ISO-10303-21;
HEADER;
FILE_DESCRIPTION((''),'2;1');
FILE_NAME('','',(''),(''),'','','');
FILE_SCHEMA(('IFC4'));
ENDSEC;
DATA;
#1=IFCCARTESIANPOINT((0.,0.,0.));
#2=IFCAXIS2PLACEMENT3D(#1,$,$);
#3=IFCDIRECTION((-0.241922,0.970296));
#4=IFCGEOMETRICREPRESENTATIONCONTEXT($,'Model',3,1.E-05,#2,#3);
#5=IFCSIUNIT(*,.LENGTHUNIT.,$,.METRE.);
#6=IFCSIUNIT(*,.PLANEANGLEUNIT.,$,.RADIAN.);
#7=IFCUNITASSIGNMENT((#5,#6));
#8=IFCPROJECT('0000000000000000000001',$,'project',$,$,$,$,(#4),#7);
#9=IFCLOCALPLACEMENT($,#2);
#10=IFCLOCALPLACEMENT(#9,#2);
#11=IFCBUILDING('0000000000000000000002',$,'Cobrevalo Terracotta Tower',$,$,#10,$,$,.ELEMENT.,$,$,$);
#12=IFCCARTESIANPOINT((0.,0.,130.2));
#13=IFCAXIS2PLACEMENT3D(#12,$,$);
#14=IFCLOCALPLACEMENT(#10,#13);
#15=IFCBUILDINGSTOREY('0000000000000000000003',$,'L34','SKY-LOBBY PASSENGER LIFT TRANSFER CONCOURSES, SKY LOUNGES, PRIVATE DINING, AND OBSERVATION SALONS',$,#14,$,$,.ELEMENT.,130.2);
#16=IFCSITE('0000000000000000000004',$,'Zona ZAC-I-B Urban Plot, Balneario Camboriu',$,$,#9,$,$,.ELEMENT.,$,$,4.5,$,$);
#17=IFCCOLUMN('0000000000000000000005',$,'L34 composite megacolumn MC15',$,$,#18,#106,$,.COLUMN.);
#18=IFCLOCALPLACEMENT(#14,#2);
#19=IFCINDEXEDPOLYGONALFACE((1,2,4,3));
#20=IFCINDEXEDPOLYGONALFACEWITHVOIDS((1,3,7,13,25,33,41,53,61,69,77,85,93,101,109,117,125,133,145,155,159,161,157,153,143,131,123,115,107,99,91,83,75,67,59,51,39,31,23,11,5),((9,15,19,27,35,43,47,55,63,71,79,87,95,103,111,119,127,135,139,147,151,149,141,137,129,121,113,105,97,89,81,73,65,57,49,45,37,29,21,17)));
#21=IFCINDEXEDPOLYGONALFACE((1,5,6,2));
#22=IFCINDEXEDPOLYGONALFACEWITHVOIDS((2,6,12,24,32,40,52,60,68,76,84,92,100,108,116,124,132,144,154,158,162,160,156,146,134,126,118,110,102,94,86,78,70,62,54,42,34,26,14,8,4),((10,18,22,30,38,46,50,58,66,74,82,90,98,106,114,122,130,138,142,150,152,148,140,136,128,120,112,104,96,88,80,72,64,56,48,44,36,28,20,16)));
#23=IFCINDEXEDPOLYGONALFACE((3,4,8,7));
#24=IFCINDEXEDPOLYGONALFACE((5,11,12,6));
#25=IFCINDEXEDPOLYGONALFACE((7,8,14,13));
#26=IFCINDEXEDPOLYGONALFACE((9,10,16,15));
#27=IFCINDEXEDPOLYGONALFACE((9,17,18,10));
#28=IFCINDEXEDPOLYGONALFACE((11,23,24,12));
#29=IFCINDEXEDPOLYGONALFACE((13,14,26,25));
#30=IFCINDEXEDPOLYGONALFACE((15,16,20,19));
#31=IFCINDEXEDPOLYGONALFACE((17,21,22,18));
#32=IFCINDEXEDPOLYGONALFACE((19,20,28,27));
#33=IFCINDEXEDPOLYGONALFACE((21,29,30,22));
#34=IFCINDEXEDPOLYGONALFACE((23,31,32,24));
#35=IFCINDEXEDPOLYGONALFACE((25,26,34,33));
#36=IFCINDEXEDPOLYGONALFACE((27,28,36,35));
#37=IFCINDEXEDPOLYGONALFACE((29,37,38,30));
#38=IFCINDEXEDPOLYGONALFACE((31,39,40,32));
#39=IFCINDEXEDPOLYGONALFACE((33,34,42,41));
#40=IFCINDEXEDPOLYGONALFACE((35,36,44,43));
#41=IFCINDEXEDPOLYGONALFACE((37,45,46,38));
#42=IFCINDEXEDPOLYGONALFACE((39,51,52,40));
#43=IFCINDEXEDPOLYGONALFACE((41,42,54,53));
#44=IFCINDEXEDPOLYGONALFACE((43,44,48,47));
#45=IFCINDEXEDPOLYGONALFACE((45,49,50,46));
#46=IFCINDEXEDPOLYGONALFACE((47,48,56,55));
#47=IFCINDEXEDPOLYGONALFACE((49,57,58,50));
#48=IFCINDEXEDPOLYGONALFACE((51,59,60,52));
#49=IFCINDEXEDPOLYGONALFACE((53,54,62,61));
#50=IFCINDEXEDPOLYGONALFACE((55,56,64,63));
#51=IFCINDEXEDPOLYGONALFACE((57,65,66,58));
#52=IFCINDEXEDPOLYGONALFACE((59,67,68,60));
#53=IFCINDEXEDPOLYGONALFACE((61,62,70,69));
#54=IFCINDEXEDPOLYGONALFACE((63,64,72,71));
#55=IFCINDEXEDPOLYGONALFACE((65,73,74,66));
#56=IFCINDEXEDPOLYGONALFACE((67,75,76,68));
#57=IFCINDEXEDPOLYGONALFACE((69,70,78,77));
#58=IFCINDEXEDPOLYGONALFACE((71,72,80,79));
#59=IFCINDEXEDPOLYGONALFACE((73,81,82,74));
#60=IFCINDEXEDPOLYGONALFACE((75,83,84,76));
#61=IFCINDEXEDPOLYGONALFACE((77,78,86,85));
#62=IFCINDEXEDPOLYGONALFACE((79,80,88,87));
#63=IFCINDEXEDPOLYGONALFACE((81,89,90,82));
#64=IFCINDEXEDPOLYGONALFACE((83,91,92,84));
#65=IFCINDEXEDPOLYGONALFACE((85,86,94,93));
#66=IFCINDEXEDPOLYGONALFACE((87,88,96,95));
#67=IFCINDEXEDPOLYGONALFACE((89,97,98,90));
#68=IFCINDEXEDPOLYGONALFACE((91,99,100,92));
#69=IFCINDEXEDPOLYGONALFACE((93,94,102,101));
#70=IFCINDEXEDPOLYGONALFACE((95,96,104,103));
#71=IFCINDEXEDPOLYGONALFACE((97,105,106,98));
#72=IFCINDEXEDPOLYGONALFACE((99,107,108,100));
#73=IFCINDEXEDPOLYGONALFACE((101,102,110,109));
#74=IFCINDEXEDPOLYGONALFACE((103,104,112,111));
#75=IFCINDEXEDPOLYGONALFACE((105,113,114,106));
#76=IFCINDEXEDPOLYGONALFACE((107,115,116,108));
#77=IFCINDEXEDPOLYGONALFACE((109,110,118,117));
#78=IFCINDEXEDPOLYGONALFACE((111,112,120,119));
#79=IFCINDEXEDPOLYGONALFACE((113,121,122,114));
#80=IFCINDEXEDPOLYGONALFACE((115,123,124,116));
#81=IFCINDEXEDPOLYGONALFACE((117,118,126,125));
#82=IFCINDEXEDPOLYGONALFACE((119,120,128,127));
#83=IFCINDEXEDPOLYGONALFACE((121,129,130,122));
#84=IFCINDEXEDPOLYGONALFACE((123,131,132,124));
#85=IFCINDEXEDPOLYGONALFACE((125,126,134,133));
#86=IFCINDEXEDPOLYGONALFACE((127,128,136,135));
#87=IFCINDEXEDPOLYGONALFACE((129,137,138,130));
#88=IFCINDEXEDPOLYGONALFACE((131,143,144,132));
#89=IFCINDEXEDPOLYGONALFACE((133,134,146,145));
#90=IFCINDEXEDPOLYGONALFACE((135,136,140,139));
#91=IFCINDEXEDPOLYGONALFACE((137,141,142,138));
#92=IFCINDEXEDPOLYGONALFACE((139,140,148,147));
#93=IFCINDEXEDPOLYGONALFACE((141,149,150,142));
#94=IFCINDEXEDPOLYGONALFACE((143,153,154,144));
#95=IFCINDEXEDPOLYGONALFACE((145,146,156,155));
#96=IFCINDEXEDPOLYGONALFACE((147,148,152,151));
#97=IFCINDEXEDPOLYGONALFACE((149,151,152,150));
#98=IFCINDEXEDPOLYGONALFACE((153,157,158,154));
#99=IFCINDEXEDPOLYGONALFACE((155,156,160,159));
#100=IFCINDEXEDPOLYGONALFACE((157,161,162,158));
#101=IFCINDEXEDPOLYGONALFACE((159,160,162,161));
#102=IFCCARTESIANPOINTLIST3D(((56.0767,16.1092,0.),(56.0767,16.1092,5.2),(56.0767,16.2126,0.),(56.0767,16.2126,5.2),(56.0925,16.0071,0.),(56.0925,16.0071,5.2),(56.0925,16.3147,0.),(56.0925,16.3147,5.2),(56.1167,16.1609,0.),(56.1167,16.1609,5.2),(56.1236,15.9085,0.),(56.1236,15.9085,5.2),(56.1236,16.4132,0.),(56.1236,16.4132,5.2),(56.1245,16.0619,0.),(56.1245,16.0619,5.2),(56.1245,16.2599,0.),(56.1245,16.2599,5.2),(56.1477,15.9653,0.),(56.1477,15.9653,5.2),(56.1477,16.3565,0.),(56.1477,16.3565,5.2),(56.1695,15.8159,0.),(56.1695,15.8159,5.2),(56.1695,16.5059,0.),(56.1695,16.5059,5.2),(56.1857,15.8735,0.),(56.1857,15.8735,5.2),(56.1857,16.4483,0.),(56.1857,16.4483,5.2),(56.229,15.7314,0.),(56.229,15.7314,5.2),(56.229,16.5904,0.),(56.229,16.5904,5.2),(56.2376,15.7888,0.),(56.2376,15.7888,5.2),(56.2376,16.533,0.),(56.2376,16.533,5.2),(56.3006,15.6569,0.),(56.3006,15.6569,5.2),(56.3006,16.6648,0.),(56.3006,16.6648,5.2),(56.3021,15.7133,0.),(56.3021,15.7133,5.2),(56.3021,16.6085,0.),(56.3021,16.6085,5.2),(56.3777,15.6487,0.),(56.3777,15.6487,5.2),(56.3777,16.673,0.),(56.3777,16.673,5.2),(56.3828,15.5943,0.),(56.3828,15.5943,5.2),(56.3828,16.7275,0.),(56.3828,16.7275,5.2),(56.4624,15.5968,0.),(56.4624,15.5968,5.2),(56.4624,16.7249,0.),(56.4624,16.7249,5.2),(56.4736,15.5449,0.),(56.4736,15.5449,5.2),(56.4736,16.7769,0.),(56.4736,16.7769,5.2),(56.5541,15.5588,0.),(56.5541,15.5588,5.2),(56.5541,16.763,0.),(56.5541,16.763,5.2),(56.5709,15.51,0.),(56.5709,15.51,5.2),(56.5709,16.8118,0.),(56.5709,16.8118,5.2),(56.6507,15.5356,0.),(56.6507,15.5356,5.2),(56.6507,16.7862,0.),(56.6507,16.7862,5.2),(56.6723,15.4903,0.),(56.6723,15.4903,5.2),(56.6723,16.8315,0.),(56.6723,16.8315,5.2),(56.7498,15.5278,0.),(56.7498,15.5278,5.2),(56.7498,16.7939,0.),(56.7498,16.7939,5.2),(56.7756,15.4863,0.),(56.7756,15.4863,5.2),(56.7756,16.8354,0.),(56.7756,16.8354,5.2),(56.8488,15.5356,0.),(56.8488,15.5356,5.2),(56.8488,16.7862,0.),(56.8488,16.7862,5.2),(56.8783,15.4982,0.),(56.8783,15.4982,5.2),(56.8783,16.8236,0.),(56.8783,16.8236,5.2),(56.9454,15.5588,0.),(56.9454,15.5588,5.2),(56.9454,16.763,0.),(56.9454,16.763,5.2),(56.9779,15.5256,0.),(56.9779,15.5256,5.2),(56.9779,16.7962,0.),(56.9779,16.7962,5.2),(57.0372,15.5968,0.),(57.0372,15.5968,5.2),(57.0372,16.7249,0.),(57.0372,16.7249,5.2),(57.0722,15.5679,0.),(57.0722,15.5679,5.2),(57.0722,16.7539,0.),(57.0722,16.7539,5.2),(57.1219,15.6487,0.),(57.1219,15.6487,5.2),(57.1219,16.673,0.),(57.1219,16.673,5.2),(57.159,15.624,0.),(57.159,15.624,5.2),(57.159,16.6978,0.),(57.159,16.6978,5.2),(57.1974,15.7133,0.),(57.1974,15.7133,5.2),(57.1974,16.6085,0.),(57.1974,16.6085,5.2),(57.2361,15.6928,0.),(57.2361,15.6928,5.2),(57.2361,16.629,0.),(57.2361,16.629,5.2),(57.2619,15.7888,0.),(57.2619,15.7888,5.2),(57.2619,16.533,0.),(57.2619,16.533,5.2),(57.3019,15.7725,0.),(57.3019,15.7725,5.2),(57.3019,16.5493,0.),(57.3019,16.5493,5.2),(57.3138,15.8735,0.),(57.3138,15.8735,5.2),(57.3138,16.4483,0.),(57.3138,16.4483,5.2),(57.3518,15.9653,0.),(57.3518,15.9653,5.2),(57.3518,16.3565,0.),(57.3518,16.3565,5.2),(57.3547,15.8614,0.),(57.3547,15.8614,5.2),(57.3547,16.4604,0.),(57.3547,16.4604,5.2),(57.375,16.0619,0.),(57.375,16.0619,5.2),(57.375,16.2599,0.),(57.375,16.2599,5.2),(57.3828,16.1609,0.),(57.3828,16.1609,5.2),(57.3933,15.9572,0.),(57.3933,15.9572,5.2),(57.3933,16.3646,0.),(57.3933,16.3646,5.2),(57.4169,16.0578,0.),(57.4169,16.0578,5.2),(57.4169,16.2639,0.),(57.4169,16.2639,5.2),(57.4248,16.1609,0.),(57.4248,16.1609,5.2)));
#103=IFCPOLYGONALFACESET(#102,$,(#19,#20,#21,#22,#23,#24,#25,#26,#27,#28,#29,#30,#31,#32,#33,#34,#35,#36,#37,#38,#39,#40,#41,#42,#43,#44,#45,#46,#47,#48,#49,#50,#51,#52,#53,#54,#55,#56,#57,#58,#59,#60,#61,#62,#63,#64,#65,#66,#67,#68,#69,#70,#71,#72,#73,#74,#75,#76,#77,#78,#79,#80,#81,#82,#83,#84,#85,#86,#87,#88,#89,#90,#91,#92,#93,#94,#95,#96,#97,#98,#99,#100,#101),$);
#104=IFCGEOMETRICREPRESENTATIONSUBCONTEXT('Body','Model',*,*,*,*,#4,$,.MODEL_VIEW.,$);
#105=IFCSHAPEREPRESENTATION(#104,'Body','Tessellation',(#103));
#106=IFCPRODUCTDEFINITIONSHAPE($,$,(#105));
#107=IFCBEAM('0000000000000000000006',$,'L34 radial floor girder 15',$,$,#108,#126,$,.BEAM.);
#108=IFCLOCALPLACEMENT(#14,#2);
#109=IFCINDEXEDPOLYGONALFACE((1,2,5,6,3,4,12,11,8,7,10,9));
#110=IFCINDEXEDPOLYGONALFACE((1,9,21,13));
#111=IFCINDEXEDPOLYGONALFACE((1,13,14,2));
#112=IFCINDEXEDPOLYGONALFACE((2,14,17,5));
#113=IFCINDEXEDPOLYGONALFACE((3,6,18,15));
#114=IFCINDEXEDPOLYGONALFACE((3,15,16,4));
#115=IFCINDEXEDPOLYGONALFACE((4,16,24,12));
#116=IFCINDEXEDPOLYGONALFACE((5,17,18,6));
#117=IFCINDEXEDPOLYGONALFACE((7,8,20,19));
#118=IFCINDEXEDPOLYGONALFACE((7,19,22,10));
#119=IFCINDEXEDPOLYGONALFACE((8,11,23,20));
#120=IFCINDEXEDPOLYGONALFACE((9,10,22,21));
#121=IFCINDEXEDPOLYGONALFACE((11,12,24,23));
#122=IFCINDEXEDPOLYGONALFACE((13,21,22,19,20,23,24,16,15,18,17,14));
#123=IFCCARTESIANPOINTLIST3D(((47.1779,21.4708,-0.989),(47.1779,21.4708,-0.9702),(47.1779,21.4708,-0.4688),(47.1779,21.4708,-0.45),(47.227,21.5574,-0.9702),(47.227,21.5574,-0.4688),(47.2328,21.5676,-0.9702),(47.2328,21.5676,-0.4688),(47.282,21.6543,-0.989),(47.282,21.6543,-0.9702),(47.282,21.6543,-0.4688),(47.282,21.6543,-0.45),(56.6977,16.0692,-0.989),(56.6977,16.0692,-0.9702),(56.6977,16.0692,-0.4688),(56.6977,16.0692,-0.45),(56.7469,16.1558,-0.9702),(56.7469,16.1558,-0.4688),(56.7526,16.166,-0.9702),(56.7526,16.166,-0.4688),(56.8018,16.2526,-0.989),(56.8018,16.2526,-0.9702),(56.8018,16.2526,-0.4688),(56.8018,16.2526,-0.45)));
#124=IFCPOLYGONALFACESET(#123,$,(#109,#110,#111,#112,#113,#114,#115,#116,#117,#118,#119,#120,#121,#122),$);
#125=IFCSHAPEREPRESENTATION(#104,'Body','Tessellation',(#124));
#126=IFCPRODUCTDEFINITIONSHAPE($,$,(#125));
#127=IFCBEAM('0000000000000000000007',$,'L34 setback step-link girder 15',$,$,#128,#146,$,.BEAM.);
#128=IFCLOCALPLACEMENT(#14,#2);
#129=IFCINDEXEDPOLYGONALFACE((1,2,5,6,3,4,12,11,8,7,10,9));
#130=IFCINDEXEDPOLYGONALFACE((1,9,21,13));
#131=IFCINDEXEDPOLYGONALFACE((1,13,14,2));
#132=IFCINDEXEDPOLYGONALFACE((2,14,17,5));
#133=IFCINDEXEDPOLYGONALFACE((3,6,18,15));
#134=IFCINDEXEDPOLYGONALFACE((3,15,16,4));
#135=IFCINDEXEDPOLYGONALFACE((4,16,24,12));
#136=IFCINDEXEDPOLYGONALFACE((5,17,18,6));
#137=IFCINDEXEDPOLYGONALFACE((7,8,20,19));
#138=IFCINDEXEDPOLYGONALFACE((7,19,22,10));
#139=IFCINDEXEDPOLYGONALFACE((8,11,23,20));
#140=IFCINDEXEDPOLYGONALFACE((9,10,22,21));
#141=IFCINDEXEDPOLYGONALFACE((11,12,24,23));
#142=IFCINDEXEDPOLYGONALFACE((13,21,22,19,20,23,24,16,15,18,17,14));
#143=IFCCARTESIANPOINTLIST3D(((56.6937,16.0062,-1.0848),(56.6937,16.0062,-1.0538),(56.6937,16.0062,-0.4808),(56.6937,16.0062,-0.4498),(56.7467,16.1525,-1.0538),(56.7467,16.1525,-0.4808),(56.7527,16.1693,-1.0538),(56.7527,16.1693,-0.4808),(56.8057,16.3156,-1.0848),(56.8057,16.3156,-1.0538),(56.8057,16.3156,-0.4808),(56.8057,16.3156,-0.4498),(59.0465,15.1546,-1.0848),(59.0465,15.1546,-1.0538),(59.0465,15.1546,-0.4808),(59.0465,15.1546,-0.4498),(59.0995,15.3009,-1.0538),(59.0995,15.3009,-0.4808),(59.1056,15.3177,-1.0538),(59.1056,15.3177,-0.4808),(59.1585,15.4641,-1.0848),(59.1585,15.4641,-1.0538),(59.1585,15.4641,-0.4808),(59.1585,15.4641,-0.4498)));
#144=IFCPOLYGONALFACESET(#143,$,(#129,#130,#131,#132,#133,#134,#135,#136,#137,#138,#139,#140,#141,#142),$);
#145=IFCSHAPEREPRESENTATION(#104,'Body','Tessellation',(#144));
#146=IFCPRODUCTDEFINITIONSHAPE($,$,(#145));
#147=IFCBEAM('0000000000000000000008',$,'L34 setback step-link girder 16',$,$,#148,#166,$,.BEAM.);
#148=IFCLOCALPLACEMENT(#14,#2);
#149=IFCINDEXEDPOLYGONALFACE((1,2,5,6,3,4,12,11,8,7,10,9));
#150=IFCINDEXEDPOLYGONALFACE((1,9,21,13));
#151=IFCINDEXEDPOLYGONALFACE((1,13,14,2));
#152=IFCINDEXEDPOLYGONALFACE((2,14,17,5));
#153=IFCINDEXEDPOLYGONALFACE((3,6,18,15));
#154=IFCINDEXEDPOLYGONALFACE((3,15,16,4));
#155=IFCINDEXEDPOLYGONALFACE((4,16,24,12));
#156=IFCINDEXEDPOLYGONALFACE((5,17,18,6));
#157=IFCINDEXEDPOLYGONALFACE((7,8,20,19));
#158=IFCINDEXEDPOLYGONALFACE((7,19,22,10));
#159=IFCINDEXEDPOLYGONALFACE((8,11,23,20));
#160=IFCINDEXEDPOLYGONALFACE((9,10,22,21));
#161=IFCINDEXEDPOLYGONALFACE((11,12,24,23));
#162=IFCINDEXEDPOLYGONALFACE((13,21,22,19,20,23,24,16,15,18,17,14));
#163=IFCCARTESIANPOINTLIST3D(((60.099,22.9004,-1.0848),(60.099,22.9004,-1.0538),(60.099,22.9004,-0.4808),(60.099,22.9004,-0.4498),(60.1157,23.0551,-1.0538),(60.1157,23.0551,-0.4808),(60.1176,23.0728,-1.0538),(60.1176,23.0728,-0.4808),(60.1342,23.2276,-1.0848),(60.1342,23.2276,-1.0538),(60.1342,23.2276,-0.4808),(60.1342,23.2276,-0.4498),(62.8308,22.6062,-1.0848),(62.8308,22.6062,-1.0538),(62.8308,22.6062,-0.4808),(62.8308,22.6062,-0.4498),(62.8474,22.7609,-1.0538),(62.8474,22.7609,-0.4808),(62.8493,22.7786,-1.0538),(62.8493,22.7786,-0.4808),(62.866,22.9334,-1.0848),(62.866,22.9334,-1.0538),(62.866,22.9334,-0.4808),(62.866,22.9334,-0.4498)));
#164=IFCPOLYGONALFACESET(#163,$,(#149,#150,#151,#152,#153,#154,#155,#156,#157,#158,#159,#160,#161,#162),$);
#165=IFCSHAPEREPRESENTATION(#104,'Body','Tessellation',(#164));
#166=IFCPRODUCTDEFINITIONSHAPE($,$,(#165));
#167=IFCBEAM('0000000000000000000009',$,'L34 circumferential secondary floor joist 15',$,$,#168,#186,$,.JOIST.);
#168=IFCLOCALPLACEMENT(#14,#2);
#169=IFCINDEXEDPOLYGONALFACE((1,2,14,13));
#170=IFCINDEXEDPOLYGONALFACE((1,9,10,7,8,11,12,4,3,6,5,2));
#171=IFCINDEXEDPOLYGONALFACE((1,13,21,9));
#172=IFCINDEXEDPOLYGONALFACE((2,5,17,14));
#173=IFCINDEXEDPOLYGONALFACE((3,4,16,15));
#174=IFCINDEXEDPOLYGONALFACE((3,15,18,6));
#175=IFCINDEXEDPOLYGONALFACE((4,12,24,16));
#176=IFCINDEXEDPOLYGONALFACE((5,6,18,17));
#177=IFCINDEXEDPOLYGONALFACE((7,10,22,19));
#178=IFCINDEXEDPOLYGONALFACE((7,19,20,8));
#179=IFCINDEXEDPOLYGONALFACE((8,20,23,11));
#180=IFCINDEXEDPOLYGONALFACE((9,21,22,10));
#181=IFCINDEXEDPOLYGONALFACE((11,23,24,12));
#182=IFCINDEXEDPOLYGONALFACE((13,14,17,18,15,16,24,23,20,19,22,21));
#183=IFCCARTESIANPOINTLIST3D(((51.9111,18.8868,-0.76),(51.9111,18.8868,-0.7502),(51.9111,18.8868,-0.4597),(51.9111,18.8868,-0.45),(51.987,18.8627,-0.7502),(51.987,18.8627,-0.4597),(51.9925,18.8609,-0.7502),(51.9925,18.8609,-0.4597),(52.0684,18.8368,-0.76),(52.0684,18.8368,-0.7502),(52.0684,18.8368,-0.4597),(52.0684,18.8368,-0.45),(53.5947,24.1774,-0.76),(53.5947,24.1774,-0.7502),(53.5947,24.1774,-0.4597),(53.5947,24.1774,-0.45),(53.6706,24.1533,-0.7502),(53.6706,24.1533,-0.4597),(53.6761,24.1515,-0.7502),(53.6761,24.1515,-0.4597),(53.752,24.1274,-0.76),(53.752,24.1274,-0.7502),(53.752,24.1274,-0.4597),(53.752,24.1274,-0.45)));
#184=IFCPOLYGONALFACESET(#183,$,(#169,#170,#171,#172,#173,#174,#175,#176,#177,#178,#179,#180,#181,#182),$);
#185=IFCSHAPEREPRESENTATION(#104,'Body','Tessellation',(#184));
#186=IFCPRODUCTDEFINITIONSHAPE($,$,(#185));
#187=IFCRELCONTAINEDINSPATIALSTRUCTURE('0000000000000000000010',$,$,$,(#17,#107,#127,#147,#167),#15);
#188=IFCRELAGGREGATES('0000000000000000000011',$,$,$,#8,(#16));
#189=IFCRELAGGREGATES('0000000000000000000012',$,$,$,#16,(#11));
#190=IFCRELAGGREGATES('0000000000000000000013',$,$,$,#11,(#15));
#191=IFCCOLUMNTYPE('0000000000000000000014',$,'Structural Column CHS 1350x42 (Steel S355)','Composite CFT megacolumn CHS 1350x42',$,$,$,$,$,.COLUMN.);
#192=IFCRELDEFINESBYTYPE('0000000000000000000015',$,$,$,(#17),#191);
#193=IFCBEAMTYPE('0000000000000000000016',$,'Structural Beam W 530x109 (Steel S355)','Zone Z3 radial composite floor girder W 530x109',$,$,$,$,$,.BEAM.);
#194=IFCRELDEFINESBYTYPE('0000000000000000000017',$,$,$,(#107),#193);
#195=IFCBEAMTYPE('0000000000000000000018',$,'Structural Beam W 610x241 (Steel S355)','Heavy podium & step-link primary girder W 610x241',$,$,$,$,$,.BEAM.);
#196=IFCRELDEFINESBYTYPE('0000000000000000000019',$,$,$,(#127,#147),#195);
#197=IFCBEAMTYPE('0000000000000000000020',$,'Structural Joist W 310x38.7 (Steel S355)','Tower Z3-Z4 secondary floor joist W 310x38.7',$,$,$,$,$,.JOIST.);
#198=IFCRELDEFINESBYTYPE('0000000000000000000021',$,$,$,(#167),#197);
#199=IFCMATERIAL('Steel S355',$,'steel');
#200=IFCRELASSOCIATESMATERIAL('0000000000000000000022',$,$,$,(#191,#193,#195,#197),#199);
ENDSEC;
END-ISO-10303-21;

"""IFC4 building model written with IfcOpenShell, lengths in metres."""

from ifc_helpers import new_model, si_unit, direction, frame, origin, origin_2d, place, context, subcontext, project, spatial, hollow_circle, i_section, extrude, material, material_profile, profile_set, type_object, element, save


model = new_model("IFC4")

# Units and contexts
model_context = context("Model", 3, precision=1e-05, world=origin(), true_north=direction((-0.241922, 0.970296)))
body_context = subcontext(model_context, "Body", "Model", "MODEL_VIEW")
ifc_project = project(units=[si_unit("LENGTHUNIT", "METRE"), si_unit("PLANEANGLEUNIT", "RADIAN")], contexts=[model_context])

# Site, building, storey
site_placement = place(None, origin())
site = spatial("IfcSite", under=ifc_project, at=site_placement, Name="Zona ZAC-I-B Urban Plot, Balneario Camboriu", CompositionType="ELEMENT", RefElevation=4.5)
building_placement = place(site_placement, origin())
building = spatial("IfcBuilding", under=site, at=building_placement, Name="Cobrevalo Terracotta Tower", CompositionType="ELEMENT")
storey_placement = place(building_placement, frame((0.0, 0.0, 130.2)))
storey = spatial("IfcBuildingStorey", under=building, at=storey_placement, Name="L34", Description="SKY-LOBBY PASSENGER LIFT TRANSFER CONCOURSES, SKY LOUNGES, PRIVATE DINING, AND OBSERVATION SALONS", CompositionType="ELEMENT", Elevation=130.2)

# Column
ifc_material_1 = material(Name="Steel S355", Category="steel")
ifc_material_profile_1 = material_profile(ifc_material_1, hollow_circle(Radius=0.675, WallThickness=0.042, at=origin_2d()), Name="CHS 1350x42")
ifc_profile_set_1 = profile_set([ifc_material_profile_1], Name="Steel S355")
column_type = type_object("IfcColumnType", Name="Structural Column CHS 1350x42 (Steel S355)", Description="Composite CFT megacolumn CHS 1350x42", PredefinedType="COLUMN", material=ifc_profile_set_1)
column_placement = place(storey_placement, frame((56.7498, 16.1609, 0.0), z_axis=(0.0, 0.0, 1.0), x_axis=(1.0, 0.0, 0.0)))
element("IfcColumn", 1, at=column_placement, inside=storey, type_object=column_type, Name="L34 composite megacolumn MC15", PredefinedType="COLUMN", context=body_context, shape_type="SweptSolid", body=[
    extrude(hollow_circle(Radius=0.675, WallThickness=0.042, at=origin_2d()), origin(), (0.0, 0.0, 1.0), 5.2),
])

# Beams
ifc_material_profile_2 = material_profile(ifc_material_1, i_section(OverallWidth=0.2109, OverallDepth=0.5391, WebThickness=0.0117, FlangeThickness=0.0188, at=origin_2d()), Name="W 530x109")
ifc_profile_set_2 = profile_set([ifc_material_profile_2], Name="Steel S355")
beam_type_1 = type_object("IfcBeamType", Name="Structural Beam W 530x109 (Steel S355)", Description="Zone Z3 radial composite floor girder W 530x109", PredefinedType="BEAM", material=ifc_profile_set_2)
beam_1_placement = place(storey_placement, frame((56.7498, 16.1609, -0.7195), z_axis=(-0.869745, 0.493502, 0.0), x_axis=(-0.493502, -0.869745, 0.0)))
element("IfcBeam", 2, at=beam_1_placement, inside=storey, type_object=beam_type_1, Name="L34 radial floor girder 15", PredefinedType="BEAM", context=body_context, shape_type="SweptSolid", body=[
    extrude(i_section(OverallWidth=0.2109, OverallDepth=0.5391, WebThickness=0.0117, FlangeThickness=0.0188, at=origin_2d()), origin(), (0.0, 0.0, 1.0), 10.9456),
])
ifc_material_profile_3 = material_profile(ifc_material_1, i_section(OverallWidth=0.3291, OverallDepth=0.635, WebThickness=0.0178, FlangeThickness=0.031, at=origin_2d()), Name="W 610x241")
ifc_profile_set_3 = profile_set([ifc_material_profile_3], Name="Steel S355")
beam_type_2 = type_object("IfcBeamType", Name="Structural Beam W 610x241 (Steel S355)", Description="Heavy podium & step-link primary girder W 610x241", PredefinedType="BEAM", material=ifc_profile_set_3)
beam_2_placement = place(storey_placement, frame((59.1025, 15.3093, -0.7673), z_axis=(-0.940305, 0.340333, 0.0), x_axis=(-0.340333, -0.940305, 0.0)))
element("IfcBeam", 3, at=beam_2_placement, inside=storey, type_object=beam_type_2, Name="L34 setback step-link girder 15", PredefinedType="BEAM", context=body_context, shape_type="SweptSolid", body=[
    extrude(i_section(OverallWidth=0.3291, OverallDepth=0.635, WebThickness=0.0178, FlangeThickness=0.031, at=origin_2d()), origin(), (0.0, 0.0, 1.0), 2.5022),
])
beam_3_placement = place(storey_placement, frame((62.8484, 22.7698, -0.7673), z_axis=(-0.994251, 0.107076, 0.0), x_axis=(-0.107076, -0.994251, 0.0)))
element("IfcBeam", 4, at=beam_3_placement, inside=storey, type_object=beam_type_2, Name="L34 setback step-link girder 16", PredefinedType="BEAM", context=body_context, shape_type="SweptSolid", body=[
    extrude(i_section(OverallWidth=0.3291, OverallDepth=0.635, WebThickness=0.0178, FlangeThickness=0.031, at=origin_2d()), origin(), (0.0, 0.0, 1.0), 2.7476),
])
ifc_material_profile_4 = material_profile(ifc_material_1, i_section(OverallWidth=0.165, OverallDepth=0.3101, WebThickness=0.0059, FlangeThickness=0.0098, at=origin_2d()), Name="W 310x38.7")
ifc_profile_set_4 = profile_set([ifc_material_profile_4], Name="Steel S355")
beam_type_3 = type_object("IfcBeamType", Name="Structural Joist W 310x38.7 (Steel S355)", Description="Tower Z3-Z4 secondary floor joist W 310x38.7", PredefinedType="JOIST", material=ifc_profile_set_4)
beam_4_placement = place(storey_placement, frame((51.9897, 18.8618, -0.605), z_axis=(0.303244, 0.952913, 0.0), x_axis=(-0.952913, 0.303244, 0.0)))
element("IfcBeam", 5, at=beam_4_placement, inside=storey, type_object=beam_type_3, Name="L34 circumferential secondary floor joist 15", PredefinedType="JOIST", context=body_context, shape_type="SweptSolid", body=[
    extrude(i_section(OverallWidth=0.165, OverallDepth=0.3101, WebThickness=0.0059, FlangeThickness=0.0098, at=origin_2d()), origin(), (0.0, 0.0, 1.0), 5.552),
])

save(model, "model.ifc")
